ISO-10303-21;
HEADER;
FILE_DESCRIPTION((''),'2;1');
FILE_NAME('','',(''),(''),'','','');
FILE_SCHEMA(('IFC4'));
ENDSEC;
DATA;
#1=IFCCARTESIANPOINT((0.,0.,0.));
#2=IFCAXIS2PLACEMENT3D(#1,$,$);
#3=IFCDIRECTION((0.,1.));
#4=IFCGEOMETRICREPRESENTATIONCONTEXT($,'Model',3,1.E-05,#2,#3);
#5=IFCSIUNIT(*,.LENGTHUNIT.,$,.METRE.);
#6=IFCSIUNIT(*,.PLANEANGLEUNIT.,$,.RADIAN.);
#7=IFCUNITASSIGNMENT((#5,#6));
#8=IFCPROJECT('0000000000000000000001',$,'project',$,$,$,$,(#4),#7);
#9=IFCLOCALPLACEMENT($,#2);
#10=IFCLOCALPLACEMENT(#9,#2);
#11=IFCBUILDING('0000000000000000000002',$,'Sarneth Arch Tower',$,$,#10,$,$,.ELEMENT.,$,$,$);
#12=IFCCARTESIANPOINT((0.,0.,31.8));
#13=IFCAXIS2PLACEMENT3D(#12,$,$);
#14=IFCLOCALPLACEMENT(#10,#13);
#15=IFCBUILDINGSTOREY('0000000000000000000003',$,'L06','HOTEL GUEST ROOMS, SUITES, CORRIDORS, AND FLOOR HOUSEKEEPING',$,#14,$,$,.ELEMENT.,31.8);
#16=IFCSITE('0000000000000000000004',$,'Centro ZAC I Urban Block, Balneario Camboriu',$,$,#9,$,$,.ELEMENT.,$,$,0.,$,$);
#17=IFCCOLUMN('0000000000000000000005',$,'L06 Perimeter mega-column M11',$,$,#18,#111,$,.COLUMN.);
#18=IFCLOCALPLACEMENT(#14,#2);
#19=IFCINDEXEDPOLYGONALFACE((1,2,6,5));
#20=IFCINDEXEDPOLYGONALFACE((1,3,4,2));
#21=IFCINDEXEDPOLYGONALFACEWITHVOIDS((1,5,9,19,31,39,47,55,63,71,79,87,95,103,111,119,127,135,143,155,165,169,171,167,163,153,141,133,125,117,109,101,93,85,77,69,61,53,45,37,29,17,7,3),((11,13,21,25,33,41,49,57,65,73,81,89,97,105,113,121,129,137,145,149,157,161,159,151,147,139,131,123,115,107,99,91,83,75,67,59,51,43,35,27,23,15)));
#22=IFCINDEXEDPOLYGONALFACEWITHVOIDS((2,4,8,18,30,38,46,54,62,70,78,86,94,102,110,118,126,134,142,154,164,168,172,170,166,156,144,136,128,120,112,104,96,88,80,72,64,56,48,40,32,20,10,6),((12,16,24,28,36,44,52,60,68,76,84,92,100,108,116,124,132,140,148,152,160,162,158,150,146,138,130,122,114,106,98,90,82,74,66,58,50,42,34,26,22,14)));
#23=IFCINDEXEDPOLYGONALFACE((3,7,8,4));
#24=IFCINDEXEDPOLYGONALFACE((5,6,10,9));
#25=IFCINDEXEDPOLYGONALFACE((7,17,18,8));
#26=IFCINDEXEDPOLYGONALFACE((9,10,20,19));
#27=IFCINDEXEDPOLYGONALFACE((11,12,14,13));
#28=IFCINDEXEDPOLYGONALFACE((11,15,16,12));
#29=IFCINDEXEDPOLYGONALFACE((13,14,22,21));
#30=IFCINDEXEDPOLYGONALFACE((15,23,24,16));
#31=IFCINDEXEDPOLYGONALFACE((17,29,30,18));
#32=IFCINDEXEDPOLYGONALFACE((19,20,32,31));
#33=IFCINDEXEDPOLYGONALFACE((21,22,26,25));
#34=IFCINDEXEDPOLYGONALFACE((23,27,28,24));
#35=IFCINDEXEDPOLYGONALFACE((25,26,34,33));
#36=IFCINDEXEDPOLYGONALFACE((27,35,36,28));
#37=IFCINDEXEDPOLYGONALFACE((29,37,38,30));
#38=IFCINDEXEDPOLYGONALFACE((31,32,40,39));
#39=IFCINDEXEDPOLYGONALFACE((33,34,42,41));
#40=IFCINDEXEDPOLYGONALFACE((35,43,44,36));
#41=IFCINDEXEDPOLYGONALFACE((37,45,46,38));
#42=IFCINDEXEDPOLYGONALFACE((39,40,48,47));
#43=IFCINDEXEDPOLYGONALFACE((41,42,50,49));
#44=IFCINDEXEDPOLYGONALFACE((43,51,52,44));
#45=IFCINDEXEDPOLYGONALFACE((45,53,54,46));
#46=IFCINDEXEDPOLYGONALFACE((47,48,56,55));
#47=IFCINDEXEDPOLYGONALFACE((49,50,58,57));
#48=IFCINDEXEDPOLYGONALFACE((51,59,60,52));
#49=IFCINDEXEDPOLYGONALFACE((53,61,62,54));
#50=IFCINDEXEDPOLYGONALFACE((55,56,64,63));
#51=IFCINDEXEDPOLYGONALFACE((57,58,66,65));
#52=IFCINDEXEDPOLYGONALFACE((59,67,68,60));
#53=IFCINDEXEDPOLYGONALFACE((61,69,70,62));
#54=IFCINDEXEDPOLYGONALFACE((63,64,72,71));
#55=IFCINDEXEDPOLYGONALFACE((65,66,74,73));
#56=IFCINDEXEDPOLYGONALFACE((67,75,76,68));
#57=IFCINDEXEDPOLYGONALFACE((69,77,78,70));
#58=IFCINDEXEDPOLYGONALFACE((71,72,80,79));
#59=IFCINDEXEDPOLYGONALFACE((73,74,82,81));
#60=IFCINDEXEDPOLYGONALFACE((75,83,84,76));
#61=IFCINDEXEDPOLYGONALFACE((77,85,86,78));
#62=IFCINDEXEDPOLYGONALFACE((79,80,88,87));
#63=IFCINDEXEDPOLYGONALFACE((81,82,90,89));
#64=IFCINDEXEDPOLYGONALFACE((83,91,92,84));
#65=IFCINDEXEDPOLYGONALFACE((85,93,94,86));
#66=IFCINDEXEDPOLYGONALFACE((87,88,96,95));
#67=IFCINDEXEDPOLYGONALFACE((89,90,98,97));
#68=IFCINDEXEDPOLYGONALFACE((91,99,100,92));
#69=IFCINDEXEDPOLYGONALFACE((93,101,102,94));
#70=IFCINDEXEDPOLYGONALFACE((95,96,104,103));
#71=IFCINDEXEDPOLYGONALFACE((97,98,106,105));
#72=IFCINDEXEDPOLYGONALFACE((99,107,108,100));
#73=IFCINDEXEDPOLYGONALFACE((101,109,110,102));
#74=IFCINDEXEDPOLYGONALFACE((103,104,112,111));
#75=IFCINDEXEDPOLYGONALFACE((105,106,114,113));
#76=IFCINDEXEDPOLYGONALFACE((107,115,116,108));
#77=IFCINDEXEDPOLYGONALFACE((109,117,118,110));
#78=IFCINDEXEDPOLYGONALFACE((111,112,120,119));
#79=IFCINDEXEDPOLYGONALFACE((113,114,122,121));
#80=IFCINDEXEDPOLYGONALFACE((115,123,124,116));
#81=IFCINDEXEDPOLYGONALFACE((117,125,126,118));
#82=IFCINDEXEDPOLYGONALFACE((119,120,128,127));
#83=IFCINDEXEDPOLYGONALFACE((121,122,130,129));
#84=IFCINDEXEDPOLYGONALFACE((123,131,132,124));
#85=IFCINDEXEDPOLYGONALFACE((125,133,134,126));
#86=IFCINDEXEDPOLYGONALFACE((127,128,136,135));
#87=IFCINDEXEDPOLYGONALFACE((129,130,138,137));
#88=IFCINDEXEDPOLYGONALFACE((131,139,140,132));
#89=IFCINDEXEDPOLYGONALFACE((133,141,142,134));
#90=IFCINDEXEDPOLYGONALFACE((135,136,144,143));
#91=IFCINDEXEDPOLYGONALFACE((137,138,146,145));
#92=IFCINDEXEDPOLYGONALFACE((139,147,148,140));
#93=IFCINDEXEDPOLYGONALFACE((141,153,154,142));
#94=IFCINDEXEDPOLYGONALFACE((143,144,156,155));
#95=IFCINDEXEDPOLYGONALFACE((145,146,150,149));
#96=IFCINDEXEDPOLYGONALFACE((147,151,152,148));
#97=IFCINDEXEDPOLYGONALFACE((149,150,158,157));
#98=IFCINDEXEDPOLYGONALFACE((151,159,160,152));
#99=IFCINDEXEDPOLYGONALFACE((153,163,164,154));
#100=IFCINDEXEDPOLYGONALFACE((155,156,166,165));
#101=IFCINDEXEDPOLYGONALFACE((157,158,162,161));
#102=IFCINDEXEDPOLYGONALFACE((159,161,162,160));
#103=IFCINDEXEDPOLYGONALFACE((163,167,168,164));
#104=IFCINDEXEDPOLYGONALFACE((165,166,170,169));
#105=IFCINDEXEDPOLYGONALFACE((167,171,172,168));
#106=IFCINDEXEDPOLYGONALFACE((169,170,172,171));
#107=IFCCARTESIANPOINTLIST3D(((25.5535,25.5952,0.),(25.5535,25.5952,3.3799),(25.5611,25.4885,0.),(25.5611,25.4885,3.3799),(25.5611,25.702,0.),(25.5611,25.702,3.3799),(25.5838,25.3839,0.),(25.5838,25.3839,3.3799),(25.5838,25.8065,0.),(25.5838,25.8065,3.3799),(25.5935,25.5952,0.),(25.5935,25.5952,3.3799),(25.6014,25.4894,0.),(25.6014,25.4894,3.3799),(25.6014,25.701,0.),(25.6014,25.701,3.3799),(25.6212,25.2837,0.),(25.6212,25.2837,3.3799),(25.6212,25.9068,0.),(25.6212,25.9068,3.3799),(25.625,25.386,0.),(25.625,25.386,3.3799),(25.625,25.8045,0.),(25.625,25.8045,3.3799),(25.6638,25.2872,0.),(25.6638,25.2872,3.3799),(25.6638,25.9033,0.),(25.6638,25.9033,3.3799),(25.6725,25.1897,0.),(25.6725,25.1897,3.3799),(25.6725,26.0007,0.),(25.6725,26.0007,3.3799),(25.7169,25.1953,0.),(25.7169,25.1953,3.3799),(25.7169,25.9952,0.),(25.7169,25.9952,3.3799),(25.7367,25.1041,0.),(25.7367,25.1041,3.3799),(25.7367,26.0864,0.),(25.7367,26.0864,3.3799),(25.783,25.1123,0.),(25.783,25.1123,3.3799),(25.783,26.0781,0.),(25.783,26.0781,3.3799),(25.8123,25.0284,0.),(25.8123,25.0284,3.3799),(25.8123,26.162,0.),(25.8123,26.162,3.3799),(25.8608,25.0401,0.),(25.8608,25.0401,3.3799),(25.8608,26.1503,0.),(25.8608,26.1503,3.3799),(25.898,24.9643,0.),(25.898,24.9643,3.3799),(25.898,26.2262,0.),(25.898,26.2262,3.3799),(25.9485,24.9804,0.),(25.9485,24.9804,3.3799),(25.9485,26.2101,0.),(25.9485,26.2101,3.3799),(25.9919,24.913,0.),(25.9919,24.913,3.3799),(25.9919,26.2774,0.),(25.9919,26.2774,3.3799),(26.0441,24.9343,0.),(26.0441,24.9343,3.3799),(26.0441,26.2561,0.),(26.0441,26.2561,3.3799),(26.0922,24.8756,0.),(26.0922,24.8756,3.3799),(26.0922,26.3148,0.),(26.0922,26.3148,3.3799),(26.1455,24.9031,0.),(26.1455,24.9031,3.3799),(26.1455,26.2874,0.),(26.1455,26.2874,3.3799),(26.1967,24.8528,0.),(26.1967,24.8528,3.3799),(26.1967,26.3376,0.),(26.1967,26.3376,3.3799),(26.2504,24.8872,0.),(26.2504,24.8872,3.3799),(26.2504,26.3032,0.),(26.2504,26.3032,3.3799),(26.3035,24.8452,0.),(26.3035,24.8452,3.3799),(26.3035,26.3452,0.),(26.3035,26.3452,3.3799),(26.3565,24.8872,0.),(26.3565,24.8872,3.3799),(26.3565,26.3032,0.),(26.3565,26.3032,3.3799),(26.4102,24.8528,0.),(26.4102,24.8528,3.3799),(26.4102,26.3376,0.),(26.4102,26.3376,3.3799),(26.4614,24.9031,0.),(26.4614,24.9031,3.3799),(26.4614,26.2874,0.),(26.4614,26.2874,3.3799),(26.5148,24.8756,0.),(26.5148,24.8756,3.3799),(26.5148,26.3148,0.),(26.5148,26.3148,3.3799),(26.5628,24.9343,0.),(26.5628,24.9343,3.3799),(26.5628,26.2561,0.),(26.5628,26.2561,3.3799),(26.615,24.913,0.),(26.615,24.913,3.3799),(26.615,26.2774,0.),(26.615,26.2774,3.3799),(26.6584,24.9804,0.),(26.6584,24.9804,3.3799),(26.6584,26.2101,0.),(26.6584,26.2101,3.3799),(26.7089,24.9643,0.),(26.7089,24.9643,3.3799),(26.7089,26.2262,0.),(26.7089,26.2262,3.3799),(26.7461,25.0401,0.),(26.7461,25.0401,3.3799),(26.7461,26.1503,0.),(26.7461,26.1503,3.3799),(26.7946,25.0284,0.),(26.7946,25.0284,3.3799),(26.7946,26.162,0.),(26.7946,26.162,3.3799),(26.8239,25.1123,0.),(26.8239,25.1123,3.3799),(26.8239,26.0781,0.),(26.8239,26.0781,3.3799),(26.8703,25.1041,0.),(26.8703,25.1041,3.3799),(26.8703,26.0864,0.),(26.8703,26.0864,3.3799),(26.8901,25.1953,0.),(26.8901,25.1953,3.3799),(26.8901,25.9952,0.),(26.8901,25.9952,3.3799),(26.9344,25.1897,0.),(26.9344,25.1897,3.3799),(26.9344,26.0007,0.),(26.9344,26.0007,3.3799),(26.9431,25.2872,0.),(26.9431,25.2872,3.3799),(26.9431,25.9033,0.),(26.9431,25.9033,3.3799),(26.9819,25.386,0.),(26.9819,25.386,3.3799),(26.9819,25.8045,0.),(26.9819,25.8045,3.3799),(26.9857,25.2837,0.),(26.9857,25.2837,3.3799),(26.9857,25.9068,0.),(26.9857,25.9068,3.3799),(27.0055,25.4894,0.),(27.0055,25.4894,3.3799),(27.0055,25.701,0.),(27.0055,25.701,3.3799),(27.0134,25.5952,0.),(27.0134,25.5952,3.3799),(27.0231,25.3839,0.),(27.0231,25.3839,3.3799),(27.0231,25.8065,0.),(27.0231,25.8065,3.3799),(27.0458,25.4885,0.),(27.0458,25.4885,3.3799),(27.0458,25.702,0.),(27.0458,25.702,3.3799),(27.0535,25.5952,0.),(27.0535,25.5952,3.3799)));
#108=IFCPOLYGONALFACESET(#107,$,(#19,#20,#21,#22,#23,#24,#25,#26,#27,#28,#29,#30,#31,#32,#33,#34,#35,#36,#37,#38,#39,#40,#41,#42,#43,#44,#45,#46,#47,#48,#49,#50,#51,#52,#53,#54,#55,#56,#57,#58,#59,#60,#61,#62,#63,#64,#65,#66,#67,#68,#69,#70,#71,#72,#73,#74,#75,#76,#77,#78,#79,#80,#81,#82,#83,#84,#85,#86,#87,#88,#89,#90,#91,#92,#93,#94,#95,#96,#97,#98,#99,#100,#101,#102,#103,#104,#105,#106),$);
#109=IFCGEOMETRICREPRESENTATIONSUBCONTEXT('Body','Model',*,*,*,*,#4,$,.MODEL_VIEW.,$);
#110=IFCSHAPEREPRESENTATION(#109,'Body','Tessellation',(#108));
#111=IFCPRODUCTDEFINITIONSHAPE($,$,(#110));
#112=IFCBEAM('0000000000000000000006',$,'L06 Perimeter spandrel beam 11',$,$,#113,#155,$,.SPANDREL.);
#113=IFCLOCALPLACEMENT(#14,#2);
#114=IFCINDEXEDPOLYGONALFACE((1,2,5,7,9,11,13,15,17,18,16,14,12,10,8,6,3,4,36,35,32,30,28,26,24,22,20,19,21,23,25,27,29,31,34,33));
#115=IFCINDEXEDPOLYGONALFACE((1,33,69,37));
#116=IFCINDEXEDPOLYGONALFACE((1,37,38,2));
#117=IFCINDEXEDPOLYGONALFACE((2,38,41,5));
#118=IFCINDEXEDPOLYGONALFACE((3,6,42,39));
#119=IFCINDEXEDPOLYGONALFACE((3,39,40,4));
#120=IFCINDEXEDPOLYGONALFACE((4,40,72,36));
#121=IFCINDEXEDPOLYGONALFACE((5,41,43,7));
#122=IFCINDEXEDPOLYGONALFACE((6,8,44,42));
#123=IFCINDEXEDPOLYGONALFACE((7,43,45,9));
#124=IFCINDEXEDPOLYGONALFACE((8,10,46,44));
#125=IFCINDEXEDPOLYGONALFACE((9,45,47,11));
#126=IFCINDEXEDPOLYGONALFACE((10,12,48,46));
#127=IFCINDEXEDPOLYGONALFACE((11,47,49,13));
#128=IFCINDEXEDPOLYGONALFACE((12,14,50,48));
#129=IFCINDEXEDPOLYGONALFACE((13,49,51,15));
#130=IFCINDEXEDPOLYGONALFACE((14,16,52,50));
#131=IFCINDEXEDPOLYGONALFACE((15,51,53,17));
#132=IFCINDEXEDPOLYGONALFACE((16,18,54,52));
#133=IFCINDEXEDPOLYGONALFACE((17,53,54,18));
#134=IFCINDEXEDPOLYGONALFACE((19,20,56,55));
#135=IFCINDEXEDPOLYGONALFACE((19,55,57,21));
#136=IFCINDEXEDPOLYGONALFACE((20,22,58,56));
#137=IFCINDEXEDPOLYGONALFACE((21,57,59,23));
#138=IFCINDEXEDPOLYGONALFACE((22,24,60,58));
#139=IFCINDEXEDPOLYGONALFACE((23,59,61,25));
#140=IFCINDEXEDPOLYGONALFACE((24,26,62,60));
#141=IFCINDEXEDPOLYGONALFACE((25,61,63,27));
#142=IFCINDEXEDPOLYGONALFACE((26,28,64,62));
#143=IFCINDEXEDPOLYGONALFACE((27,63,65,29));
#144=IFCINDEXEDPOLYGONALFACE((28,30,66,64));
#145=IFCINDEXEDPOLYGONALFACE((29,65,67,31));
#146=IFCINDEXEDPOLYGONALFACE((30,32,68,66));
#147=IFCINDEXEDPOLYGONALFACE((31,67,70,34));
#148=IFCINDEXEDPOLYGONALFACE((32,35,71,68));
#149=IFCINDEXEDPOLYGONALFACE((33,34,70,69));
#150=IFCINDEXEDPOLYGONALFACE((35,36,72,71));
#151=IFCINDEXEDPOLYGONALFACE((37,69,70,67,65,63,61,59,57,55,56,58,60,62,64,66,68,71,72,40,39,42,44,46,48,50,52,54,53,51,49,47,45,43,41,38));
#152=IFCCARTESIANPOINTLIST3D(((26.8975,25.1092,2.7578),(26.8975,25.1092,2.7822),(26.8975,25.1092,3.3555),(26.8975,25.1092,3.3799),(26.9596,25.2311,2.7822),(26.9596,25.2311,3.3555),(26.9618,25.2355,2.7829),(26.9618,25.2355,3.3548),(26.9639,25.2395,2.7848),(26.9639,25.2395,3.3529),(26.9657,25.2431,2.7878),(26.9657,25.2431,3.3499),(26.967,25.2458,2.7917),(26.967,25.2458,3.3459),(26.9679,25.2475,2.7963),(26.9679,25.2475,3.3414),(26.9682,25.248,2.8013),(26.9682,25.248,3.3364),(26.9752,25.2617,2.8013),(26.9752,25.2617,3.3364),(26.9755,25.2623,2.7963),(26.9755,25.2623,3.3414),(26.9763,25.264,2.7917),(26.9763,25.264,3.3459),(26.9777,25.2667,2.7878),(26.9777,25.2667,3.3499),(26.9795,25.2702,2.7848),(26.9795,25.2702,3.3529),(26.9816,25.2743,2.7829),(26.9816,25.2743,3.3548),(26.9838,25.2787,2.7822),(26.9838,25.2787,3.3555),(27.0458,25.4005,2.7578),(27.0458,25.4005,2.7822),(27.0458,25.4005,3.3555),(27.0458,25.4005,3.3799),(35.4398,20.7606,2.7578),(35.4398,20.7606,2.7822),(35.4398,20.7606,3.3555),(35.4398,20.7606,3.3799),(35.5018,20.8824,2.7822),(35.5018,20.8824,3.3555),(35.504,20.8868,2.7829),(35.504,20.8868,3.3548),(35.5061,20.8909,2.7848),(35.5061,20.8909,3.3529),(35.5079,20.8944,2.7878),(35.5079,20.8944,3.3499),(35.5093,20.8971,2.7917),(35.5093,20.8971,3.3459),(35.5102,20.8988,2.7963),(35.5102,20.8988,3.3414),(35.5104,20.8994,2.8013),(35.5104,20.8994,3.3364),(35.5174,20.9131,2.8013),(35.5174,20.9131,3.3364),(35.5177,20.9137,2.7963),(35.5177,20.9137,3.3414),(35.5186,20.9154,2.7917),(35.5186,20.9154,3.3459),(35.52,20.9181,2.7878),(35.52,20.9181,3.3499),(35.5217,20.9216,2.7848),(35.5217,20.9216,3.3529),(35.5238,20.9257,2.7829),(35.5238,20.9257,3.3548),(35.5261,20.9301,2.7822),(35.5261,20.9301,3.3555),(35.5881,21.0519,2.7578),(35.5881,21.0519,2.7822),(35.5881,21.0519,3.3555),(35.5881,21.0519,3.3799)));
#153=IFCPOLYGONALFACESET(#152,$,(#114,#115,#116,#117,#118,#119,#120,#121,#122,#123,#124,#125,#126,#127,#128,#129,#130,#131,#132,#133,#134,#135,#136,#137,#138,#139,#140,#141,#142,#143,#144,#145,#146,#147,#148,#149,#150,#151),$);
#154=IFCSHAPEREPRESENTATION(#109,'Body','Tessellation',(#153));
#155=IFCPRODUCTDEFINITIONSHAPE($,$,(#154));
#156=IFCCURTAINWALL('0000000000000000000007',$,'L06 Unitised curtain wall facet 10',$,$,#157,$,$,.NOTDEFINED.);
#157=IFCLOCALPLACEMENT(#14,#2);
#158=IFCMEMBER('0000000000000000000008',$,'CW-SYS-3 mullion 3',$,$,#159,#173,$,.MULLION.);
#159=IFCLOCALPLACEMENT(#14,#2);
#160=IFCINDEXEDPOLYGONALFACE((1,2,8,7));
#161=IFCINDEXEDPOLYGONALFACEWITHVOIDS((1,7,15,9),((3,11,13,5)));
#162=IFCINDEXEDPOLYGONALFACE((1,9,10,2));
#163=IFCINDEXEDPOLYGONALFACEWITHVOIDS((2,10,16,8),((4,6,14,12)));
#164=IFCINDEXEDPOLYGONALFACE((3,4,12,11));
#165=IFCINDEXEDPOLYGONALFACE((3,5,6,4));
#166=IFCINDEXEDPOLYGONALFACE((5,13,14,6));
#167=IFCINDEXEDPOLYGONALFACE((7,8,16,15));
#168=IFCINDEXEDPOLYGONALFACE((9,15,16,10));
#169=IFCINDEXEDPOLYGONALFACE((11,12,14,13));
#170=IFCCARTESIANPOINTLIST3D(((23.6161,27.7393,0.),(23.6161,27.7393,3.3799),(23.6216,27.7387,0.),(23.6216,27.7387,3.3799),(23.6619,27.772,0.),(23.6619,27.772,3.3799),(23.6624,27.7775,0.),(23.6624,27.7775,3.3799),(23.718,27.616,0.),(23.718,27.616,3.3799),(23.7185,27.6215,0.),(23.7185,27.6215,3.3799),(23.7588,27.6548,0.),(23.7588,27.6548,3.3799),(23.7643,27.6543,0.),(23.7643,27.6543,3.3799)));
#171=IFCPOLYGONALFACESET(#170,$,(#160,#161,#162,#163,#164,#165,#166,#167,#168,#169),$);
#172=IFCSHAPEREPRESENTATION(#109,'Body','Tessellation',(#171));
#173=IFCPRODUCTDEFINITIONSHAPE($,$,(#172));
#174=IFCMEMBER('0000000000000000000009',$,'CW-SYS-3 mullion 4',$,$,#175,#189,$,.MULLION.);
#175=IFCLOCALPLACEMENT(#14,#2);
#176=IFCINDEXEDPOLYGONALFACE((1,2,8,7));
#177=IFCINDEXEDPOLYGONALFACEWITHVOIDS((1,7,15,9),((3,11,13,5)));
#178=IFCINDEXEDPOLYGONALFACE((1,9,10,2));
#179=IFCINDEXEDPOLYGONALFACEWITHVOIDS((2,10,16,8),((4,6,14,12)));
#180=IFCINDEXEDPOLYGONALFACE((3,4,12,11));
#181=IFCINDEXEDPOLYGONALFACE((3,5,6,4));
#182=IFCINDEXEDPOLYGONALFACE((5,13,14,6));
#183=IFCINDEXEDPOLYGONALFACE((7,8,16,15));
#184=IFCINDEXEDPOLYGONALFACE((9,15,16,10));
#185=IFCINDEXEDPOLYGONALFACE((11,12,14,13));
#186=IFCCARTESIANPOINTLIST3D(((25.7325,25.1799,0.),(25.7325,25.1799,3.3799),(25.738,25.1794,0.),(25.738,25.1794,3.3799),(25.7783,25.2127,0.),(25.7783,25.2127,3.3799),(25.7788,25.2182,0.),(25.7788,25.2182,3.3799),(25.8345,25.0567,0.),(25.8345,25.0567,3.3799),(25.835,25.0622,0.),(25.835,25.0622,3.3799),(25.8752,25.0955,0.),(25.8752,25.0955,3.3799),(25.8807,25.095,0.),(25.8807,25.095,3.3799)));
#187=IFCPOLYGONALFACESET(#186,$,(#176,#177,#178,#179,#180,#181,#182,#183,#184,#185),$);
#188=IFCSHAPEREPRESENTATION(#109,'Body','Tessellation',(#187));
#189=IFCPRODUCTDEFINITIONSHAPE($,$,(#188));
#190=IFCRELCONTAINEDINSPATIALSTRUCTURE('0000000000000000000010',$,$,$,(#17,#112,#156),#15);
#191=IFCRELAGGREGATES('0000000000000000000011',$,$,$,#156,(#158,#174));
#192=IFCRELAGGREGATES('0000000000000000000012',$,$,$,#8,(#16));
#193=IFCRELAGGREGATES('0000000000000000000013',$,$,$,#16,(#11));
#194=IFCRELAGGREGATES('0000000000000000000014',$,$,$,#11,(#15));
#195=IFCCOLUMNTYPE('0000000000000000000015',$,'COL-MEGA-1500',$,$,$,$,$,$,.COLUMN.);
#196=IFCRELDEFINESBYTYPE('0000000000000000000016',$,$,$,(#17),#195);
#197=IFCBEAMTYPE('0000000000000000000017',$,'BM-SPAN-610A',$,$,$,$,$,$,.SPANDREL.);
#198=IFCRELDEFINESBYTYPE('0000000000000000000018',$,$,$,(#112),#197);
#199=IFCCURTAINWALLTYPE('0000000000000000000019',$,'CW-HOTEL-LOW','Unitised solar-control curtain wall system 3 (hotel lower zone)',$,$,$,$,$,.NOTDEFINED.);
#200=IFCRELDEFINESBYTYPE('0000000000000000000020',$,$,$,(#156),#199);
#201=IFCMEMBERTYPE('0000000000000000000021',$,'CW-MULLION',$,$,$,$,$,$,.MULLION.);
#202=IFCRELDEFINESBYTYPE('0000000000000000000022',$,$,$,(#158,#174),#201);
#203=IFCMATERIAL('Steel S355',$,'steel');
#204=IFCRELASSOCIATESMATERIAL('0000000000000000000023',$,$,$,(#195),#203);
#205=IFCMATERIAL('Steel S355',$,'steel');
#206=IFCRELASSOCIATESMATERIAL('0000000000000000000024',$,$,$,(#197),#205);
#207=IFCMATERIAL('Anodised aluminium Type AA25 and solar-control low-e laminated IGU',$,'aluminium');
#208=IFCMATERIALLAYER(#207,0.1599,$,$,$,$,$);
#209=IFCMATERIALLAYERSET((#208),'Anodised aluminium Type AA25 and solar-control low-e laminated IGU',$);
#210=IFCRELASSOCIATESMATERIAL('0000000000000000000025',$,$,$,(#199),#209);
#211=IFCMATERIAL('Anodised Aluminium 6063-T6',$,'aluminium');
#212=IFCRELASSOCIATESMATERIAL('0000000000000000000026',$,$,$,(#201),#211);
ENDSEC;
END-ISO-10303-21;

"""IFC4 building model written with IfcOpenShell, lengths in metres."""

from ifc_helpers import new_model, si_unit, direction, frame, origin, origin_2d, place, context, subcontext, project, spatial, hollow_rectangle, hollow_circle, i_section, extrude, material, layer, layer_set, material_profile, profile_set, type_object, element, aggregate, save


model = new_model("IFC4")

# Units and contexts
model_context = context("Model", 3, precision=1e-05, world=origin(), true_north=direction((0.0, 1.0)))
body_context = subcontext(model_context, "Body", "Model", "MODEL_VIEW")
ifc_project = project(units=[si_unit("LENGTHUNIT", "METRE"), si_unit("PLANEANGLEUNIT", "RADIAN")], contexts=[model_context])

# Site, building, storey
site_placement = place(None, origin())
site = spatial("IfcSite", under=ifc_project, at=site_placement, Name="Centro ZAC I Urban Block, Balneario Camboriu", CompositionType="ELEMENT", RefElevation=0.0)
building_placement = place(site_placement, origin())
building = spatial("IfcBuilding", under=site, at=building_placement, Name="Sarneth Arch Tower", CompositionType="ELEMENT")
storey_placement = place(building_placement, frame((0.0, 0.0, 31.8)))
storey = spatial("IfcBuildingStorey", under=building, at=storey_placement, Name="L06", Description="HOTEL GUEST ROOMS, SUITES, CORRIDORS, AND FLOOR HOUSEKEEPING", CompositionType="ELEMENT", Elevation=31.8)

# Column
ifc_material_1 = material(Name="Steel S355", Category="steel")
ifc_material_profile_1 = material_profile(ifc_material_1, hollow_circle(Radius=0.75, WallThickness=0.04, at=origin_2d()), Name="CHS1500x40")
ifc_profile_set_1 = profile_set([ifc_material_profile_1], Name="Steel S355")
column_type = type_object("IfcColumnType", Name="COL-MEGA-1500", PredefinedType="COLUMN", material=ifc_profile_set_1)
column_placement = place(storey_placement, frame((26.3035, 25.5952, 0.0), z_axis=(0.0, 0.0, 1.0), x_axis=(1.0, 0.0, 0.0)))
element("IfcColumn", 1, at=column_placement, inside=storey, type_object=column_type, Name="L06 Perimeter mega-column M11", PredefinedType="COLUMN", context=body_context, shape_type="SweptSolid", body=[
    extrude(hollow_circle(Radius=0.75, WallThickness=0.04, at=origin_2d()), origin(), (0.0, 0.0, 1.0), 3.3799),
])

# Beam
ifc_material_2 = material(Name="Steel S355", Category="steel")
ifc_material_profile_2 = material_profile(ifc_material_2, i_section(OverallWidth=0.3269, OverallDepth=0.6221, WebThickness=0.0154, FlangeThickness=0.0244, FilletRadius=0.019, at=origin_2d()), Name="W610x195")
ifc_profile_set_2 = profile_set([ifc_material_profile_2], Name="Steel S355")
beam_type = type_object("IfcBeamType", Name="BM-SPAN-610A", PredefinedType="SPANDREL", material=ifc_profile_set_2)
beam_placement = place(storey_placement, frame((26.9717, 25.2549, 3.0688), z_axis=(0.891169, -0.453671, 0.0), x_axis=(0.453671, 0.891169, 0.0)))
element("IfcBeam", 2, at=beam_placement, inside=storey, type_object=beam_type, Name="L06 Perimeter spandrel beam 11", PredefinedType="SPANDREL", context=body_context, shape_type="SweptSolid", body=[
    extrude(i_section(OverallWidth=0.3269, OverallDepth=0.6221, WebThickness=0.0154, FlangeThickness=0.0244, FilletRadius=0.019, at=origin_2d()), origin(), (0.0, 0.0, 1.0), 9.5854),
])

# Curtain wall, members
ifc_material_3 = material(Name="Anodised aluminium Type AA25 and solar-control low-e laminated IGU", Category="aluminium")
ifc_layer_1 = layer(ifc_material_3, 0.1599)
ifc_layer_set_1 = layer_set([ifc_layer_1], Name="Anodised aluminium Type AA25 and solar-control low-e laminated IGU")
curtain_wall_type = type_object("IfcCurtainWallType", Name="CW-HOTEL-LOW", Description="Unitised solar-control curtain wall system 3 (hotel lower zone)", PredefinedType="NOTDEFINED", material=ifc_layer_set_1)
curtain_wall_placement = place(storey_placement, origin())
curtain_wall = element("IfcCurtainWall", 3, at=curtain_wall_placement, inside=storey, type_object=curtain_wall_type, Name="L06 Unitised curtain wall facet 10", PredefinedType="NOTDEFINED")
ifc_material_4 = material(Name="Anodised Aluminium 6063-T6", Category="aluminium")
ifc_material_profile_3 = material_profile(ifc_material_4, hollow_rectangle(XDim=0.0601, YDim=0.1599, WallThickness=0.0039, at=origin_2d()), Name="AL-MULL-160x60x4")
ifc_profile_set_3 = profile_set([ifc_material_profile_3], Name="Anodised Aluminium 6063-T6")
member_type_1 = type_object("IfcMemberType", Name="CW-MULLION", PredefinedType="MULLION", material=ifc_profile_set_3)
member_1_placement = place(storey_placement, frame((23.6902, 27.6968, 0.0), z_axis=(0.0, 0.0, 1.0), x_axis=(0.770623, 0.637291, 0.0)))
member_1 = element("IfcMember", 4, at=member_1_placement, type_object=member_type_1, Name="CW-SYS-3 mullion 3", PredefinedType="MULLION", context=body_context, shape_type="SweptSolid", body=[
    extrude(hollow_rectangle(XDim=0.0601, YDim=0.1599, WallThickness=0.0039, at=origin_2d()), origin(), (0.0, 0.0, 1.0), 3.3799),
])
member_2_placement = place(storey_placement, frame((25.8066, 25.1375, 0.0), z_axis=(0.0, 0.0, 1.0), x_axis=(0.770623, 0.637291, 0.0)))
member_2 = element("IfcMember", 5, at=member_2_placement, type_object=member_type_1, Name="CW-SYS-3 mullion 4", PredefinedType="MULLION", context=body_context, shape_type="SweptSolid", body=[
    extrude(hollow_rectangle(XDim=0.0601, YDim=0.1599, WallThickness=0.0039, at=origin_2d()), origin(), (0.0, 0.0, 1.0), 3.3799),
])

aggregate(curtain_wall, [member_1, member_2])

save(model, "model.ifc")
